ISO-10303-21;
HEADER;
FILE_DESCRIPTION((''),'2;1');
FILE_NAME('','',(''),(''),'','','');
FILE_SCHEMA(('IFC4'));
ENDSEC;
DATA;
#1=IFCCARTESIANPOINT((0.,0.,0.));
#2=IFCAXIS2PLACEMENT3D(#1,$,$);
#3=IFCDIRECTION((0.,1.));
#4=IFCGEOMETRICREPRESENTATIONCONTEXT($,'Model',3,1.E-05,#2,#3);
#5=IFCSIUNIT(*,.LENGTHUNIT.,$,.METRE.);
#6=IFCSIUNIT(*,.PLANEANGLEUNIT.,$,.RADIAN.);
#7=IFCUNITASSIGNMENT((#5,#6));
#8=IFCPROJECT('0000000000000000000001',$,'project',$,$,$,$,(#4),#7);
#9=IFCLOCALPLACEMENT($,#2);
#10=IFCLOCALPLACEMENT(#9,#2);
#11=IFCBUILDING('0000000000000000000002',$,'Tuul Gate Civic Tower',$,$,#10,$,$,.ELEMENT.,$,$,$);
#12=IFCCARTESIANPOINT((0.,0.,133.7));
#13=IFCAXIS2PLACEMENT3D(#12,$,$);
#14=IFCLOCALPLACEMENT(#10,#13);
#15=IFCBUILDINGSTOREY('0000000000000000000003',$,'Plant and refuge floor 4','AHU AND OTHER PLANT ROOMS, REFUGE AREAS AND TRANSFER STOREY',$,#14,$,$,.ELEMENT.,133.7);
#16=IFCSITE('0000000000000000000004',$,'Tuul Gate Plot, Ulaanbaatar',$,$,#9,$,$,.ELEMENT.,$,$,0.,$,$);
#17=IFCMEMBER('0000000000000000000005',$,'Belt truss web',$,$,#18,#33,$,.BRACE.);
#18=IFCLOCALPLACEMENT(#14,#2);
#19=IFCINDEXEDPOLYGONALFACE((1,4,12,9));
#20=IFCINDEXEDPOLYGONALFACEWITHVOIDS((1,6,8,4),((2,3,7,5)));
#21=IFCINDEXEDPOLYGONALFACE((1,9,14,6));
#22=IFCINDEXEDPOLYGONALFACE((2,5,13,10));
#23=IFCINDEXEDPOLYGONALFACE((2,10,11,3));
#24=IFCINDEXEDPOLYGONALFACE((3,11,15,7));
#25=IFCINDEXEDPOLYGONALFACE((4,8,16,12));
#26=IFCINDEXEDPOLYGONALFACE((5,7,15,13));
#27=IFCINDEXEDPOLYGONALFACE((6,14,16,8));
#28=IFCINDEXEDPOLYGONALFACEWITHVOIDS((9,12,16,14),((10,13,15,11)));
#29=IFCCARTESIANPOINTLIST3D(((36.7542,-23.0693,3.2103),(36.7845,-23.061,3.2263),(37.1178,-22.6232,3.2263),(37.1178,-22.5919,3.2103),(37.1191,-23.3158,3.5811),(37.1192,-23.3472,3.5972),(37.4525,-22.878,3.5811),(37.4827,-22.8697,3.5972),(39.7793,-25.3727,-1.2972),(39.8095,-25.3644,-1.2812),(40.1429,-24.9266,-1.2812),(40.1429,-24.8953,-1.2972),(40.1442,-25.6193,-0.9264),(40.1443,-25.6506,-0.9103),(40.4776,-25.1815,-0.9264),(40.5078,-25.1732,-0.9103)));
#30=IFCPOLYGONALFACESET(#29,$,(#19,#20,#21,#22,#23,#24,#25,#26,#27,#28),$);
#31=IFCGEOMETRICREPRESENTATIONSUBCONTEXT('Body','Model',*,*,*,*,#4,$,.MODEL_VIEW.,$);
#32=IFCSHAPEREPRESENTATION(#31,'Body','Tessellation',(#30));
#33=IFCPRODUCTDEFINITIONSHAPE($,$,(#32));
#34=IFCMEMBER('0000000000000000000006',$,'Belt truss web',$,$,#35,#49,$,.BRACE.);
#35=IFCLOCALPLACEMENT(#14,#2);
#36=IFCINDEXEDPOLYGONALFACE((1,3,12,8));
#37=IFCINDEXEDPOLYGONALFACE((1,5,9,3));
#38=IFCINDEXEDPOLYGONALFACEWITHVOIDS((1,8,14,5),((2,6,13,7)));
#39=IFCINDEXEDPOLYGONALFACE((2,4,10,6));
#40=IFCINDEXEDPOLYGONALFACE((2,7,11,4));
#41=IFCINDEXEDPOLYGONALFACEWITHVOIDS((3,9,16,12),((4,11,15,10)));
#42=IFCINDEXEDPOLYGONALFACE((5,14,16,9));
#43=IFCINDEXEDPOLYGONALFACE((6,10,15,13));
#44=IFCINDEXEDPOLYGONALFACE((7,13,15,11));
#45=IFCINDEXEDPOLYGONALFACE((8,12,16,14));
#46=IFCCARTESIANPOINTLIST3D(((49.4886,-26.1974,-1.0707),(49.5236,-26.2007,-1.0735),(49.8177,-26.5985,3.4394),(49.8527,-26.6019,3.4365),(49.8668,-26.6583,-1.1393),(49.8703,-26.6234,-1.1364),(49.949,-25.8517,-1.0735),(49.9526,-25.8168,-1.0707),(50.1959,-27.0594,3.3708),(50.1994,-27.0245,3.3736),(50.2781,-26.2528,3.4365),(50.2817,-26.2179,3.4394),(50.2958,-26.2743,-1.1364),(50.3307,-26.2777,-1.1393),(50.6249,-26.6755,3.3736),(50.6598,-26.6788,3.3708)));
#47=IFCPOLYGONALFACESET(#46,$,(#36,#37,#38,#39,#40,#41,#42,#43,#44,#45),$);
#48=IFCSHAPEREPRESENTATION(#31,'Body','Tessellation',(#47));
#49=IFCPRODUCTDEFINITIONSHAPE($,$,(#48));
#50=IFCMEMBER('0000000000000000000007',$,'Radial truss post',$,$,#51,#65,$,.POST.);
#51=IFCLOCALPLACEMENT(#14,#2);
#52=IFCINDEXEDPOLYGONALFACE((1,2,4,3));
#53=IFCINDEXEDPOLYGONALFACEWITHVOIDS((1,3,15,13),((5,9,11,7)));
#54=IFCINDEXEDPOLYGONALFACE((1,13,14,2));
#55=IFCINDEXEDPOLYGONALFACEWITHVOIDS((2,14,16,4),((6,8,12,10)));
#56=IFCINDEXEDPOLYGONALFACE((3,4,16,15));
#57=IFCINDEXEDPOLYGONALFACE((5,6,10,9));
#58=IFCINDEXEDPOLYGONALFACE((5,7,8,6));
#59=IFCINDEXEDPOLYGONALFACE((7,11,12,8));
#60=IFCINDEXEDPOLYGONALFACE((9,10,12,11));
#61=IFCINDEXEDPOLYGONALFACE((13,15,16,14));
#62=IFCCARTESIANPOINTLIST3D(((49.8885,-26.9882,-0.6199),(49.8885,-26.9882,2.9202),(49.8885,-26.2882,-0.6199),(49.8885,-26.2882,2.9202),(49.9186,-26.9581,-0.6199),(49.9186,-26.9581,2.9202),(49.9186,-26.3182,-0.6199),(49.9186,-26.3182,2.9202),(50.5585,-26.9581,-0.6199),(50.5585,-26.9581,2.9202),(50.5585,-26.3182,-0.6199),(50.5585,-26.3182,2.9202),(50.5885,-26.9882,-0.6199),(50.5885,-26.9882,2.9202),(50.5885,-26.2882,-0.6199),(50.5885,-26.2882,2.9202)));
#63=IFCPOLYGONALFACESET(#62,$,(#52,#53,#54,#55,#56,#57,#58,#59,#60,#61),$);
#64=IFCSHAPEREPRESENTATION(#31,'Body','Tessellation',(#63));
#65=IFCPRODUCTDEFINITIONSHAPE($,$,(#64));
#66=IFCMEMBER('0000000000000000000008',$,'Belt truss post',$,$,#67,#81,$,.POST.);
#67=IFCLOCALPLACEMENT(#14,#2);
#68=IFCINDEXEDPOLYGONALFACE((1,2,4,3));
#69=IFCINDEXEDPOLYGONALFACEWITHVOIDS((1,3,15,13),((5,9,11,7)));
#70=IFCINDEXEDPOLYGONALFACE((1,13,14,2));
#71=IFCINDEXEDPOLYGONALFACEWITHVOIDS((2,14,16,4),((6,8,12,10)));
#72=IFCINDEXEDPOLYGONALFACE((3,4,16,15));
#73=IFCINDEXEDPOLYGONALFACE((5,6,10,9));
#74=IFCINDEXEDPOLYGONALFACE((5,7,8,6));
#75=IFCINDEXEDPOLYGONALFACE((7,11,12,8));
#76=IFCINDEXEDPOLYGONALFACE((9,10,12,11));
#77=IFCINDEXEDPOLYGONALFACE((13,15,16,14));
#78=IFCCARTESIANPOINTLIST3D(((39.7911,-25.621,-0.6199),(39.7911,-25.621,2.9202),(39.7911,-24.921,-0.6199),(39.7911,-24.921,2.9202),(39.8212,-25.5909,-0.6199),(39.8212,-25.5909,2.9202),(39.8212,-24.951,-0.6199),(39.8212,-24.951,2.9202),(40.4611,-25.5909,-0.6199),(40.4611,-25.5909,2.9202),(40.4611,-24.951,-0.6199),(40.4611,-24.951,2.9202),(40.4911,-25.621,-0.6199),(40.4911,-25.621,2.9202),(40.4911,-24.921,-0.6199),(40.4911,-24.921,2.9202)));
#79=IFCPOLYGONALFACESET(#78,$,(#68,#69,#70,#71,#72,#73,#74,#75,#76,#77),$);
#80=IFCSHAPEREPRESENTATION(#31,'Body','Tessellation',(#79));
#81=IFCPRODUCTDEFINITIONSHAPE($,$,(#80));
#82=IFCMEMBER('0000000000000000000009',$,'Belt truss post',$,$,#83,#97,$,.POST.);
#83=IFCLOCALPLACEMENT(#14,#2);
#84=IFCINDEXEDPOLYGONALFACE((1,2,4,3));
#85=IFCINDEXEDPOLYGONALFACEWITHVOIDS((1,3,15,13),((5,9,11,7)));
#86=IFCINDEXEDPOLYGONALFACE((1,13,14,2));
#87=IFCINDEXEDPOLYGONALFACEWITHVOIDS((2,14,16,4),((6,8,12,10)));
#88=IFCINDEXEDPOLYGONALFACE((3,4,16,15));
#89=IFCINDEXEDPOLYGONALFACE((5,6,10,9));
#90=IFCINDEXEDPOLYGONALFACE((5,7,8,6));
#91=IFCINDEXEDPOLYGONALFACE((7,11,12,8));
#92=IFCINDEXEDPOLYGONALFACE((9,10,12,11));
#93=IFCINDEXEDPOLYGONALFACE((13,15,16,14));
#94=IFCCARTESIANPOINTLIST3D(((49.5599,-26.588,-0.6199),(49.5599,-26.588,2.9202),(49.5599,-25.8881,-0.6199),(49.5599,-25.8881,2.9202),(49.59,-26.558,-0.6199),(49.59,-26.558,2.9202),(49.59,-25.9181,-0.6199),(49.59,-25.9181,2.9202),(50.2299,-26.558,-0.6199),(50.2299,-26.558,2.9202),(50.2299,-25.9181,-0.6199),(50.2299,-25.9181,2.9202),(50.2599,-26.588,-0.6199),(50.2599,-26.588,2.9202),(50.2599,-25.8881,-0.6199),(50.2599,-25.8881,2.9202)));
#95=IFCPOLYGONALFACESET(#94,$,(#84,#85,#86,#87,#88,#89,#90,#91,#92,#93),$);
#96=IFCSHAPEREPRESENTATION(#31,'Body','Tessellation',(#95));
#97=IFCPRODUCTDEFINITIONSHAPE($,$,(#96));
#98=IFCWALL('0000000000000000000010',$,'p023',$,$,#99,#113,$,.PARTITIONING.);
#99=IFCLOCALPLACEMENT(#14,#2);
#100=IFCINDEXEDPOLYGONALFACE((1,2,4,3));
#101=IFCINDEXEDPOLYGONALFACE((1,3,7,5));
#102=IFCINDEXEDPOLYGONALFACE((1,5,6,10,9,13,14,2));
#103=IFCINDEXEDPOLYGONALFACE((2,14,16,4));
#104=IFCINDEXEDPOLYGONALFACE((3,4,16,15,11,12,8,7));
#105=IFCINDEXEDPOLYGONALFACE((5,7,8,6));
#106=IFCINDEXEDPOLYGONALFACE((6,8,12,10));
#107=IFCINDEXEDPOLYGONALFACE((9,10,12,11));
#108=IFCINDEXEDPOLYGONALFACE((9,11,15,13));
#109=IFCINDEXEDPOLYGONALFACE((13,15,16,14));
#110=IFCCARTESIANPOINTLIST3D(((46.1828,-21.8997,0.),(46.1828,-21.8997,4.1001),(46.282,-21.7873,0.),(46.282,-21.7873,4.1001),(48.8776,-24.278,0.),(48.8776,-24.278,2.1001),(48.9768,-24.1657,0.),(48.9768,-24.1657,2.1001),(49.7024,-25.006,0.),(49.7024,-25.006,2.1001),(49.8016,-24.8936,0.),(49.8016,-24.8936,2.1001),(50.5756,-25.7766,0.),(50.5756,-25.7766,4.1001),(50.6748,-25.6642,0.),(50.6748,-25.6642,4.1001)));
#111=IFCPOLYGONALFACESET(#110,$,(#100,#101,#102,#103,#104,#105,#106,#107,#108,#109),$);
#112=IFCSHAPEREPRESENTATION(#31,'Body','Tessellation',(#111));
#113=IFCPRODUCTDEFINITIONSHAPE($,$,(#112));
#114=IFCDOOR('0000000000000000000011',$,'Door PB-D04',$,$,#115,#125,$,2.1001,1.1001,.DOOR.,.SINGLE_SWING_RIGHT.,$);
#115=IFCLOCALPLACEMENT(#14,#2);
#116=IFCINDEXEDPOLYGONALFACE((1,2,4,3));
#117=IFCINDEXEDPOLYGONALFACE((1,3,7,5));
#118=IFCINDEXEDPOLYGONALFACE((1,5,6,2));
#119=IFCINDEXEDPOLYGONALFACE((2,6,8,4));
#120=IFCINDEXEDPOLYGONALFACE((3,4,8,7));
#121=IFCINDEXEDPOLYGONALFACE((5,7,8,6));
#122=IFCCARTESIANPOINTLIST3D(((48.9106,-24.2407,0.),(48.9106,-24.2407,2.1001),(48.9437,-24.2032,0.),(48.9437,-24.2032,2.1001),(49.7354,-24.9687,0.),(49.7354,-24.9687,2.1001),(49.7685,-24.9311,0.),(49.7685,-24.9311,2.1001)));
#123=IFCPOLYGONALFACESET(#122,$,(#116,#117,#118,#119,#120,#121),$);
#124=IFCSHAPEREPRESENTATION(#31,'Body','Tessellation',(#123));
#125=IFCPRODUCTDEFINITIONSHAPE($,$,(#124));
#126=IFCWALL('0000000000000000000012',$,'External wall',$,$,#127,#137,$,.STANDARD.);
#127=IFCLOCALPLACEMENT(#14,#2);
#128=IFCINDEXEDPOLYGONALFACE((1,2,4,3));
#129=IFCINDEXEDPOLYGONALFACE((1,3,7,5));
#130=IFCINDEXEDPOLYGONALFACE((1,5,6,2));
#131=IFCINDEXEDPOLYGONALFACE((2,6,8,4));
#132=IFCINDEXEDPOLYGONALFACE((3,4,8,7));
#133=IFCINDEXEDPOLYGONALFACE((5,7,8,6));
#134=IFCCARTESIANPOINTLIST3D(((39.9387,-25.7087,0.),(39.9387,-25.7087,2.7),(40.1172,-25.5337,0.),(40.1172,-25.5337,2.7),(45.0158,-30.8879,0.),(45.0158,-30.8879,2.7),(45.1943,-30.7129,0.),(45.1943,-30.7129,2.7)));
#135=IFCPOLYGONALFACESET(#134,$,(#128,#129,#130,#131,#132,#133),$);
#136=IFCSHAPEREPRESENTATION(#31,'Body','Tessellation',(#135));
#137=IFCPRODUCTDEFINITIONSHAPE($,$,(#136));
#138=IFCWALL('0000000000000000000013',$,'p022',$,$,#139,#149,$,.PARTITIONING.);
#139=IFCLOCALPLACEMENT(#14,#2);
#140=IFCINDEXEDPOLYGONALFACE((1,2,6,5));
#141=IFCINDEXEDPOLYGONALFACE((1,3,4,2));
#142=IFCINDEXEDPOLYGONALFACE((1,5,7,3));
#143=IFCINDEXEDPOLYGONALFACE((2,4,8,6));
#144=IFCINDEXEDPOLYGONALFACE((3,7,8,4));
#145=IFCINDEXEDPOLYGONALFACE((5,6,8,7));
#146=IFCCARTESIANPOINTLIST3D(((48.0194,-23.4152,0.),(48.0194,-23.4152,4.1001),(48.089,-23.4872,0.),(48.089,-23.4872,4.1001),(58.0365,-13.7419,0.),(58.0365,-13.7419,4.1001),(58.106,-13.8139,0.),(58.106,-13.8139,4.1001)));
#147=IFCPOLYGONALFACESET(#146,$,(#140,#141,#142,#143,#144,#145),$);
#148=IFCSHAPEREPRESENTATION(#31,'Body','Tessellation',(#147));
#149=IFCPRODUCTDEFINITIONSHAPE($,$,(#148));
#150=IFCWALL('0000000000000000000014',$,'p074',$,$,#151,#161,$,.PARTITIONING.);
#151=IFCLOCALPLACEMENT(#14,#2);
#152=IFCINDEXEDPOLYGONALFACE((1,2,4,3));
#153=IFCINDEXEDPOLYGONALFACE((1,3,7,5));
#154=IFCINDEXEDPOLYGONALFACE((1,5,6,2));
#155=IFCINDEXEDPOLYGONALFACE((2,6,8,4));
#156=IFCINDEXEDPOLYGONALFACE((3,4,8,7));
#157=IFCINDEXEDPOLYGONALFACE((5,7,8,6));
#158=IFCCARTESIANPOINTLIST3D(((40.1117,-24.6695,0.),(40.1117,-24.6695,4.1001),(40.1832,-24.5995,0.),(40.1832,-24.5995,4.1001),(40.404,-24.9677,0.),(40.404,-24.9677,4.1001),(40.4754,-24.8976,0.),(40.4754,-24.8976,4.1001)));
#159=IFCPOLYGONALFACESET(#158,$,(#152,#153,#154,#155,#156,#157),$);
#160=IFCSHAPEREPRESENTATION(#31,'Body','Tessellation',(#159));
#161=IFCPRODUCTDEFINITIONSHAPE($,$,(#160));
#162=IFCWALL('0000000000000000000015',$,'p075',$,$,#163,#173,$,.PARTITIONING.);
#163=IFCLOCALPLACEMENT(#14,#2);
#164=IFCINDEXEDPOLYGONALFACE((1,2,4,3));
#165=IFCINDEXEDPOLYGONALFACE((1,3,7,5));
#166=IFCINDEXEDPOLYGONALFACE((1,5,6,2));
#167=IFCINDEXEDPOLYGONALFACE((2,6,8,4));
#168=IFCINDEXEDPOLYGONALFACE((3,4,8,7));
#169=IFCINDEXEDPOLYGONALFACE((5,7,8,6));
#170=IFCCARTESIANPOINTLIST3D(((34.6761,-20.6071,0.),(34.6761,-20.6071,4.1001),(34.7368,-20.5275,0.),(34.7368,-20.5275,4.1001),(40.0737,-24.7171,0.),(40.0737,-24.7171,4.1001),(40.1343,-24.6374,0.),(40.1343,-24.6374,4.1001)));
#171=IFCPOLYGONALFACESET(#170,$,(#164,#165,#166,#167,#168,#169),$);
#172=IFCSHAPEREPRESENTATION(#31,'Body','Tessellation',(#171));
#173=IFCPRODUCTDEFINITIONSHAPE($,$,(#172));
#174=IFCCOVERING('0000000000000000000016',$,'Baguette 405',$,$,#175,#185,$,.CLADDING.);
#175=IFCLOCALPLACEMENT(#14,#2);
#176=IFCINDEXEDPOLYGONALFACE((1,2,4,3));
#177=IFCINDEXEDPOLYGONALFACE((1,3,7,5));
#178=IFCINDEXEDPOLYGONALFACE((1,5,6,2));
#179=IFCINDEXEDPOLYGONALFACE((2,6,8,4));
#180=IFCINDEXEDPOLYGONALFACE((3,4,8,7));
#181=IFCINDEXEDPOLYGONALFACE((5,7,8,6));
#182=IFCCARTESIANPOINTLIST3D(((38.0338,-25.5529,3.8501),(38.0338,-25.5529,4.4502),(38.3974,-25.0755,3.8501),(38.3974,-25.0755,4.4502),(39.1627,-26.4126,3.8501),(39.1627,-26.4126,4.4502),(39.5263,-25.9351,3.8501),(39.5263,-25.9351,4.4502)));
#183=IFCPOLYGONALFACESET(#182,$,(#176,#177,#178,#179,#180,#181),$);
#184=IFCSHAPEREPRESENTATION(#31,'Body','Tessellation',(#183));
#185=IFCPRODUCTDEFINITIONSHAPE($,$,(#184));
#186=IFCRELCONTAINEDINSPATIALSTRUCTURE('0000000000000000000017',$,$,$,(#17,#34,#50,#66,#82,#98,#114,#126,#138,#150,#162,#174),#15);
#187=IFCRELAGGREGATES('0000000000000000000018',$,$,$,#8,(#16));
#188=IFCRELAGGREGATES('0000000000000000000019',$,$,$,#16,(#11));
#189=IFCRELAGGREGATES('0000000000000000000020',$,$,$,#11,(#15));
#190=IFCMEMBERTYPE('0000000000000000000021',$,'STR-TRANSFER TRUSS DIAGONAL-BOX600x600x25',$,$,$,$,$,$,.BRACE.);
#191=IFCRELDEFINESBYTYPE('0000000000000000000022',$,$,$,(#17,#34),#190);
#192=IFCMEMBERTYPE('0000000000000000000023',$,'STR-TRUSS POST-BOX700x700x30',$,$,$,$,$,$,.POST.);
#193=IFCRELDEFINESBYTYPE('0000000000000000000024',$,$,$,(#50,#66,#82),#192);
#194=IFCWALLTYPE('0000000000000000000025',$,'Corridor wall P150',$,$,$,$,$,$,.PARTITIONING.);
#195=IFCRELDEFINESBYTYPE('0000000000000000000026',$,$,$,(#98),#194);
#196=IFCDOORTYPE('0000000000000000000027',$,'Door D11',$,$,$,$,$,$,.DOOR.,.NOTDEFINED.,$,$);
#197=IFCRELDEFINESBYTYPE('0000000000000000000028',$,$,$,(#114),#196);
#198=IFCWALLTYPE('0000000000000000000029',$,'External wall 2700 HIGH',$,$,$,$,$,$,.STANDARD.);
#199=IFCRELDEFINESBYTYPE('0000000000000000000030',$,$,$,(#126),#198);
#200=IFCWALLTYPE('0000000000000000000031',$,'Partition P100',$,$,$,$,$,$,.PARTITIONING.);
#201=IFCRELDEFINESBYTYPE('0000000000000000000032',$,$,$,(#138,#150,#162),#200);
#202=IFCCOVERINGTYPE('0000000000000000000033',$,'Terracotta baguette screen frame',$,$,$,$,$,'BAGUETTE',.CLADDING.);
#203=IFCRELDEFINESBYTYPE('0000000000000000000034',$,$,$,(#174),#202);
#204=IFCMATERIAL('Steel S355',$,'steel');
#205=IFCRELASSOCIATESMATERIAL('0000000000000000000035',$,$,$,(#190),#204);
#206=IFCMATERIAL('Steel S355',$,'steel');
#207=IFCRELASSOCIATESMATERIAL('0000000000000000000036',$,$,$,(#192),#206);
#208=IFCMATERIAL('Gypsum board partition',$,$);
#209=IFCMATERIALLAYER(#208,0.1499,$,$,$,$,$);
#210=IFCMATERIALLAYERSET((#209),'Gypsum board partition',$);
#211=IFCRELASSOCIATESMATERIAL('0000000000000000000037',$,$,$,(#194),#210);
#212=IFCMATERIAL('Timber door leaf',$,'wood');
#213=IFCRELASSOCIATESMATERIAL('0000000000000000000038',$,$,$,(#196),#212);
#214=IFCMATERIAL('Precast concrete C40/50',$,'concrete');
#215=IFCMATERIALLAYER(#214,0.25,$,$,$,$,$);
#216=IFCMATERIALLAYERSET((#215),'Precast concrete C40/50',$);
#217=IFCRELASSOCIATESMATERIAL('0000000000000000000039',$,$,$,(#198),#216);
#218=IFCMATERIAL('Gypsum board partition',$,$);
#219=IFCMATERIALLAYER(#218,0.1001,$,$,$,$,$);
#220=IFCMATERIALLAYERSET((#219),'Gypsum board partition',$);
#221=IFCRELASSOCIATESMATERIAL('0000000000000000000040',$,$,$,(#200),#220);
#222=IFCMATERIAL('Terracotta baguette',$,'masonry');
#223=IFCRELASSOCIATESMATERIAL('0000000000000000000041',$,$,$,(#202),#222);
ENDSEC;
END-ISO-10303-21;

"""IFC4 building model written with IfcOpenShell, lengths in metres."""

from ifc_helpers import new_model, si_unit, direction, frame, frame_2d, origin, origin_2d, place, context, subcontext, project, spatial, rectangle, hollow_rectangle, extrude, material, layer, layer_set, material_profile, profile_set, type_object, element, fill, save


model = new_model("IFC4")

# Units and contexts
model_context = context("Model", 3, precision=1e-05, world=origin(), true_north=direction((0.0, 1.0)))
body_context = subcontext(model_context, "Body", "Model", "MODEL_VIEW")
ifc_project = project(units=[si_unit("LENGTHUNIT", "METRE"), si_unit("PLANEANGLEUNIT", "RADIAN")], contexts=[model_context])

# Site, building, storey
site_placement = place(None, origin())
site = spatial("IfcSite", under=ifc_project, at=site_placement, Name="Tuul Gate Plot, Ulaanbaatar", CompositionType="ELEMENT", RefElevation=0.0)
building_placement = place(site_placement, origin())
building = spatial("IfcBuilding", under=site, at=building_placement, Name="Tuul Gate Civic Tower", CompositionType="ELEMENT")
storey_placement = place(building_placement, frame((0.0, 0.0, 133.7)))
storey = spatial("IfcBuildingStorey", under=building, at=storey_placement, Name="Plant and refuge floor 4", Description="AHU AND OTHER PLANT ROOMS, REFUGE AREAS AND TRANSFER STOREY", CompositionType="ELEMENT", Elevation=133.7)

# Members
ifc_material_1 = material(Name="Steel S355", Category="steel")
ifc_material_profile_1 = material_profile(ifc_material_1, hollow_rectangle(XDim=0.6001, YDim=0.6001, WallThickness=0.0249, at=origin_2d()), Name="BOX600x600x25")
ifc_profile_set_1 = profile_set([ifc_material_profile_1], Name="Steel S355")
member_type_1 = type_object("IfcMemberType", Name="STR-TRANSFER TRUSS DIAGONAL-BOX600x600x25", PredefinedType="BRACE", material=ifc_profile_set_1)
member_1_placement = place(storey_placement, frame((40.1436, -25.2729, -1.1038), z_axis=(-0.51299, 0.390611, 0.764372), x_axis=(-0.605809, -0.79561, 0.0)))
element("IfcMember", 1, at=member_1_placement, inside=storey, type_object=member_type_1, Name="Belt truss web", PredefinedType="BRACE", context=body_context, shape_type="SweptSolid", body=[
    extrude(hollow_rectangle(XDim=0.6001, YDim=0.6001, WallThickness=0.0249, at=origin_2d()), origin(), (0.0, 0.0, 1.0), 5.897),
])
member_2_placement = place(storey_placement, frame((49.9097, -26.2375, -1.105), z_axis=(0.072493, -0.088358, 0.993447), x_axis=(0.773097, 0.634288, 0.0)))
element("IfcMember", 2, at=member_2_placement, inside=storey, type_object=member_type_1, Name="Belt truss web", PredefinedType="BRACE", context=body_context, shape_type="SweptSolid", body=[
    extrude(hollow_rectangle(XDim=0.6001, YDim=0.6001, WallThickness=0.0249, at=origin_2d()), origin(), (0.0, 0.0, 1.0), 4.5398),
])
ifc_material_2 = material(Name="Steel S355", Category="steel")
ifc_material_profile_2 = material_profile(ifc_material_2, hollow_rectangle(XDim=0.7, YDim=0.7, WallThickness=0.03, at=origin_2d()), Name="BOX700x700x30")
ifc_profile_set_2 = profile_set([ifc_material_profile_2], Name="Steel S355")
member_type_2 = type_object("IfcMemberType", Name="STR-TRUSS POST-BOX700x700x30", PredefinedType="POST", material=ifc_profile_set_2)
for number, where, z_axis, x_axis, name in (
    (3, (50.2385, -26.6382, -0.6199), (0.0, 0.0, 1.0), (1.0, 0.0, 0.0), "Radial truss post"),
    (4, (40.1411, -25.271, -0.6199), (0.0, 0.0, 1.0), (1.0, 0.0, 0.0), "Belt truss post"),
    (5, (49.9099, -26.238, -0.6199), (0.0, 0.0, 1.0), (1.0, 0.0, 0.0), "Belt truss post"),
):
    element("IfcMember", number, at=place(storey_placement, frame(where, z_axis=z_axis, x_axis=x_axis)), inside=storey, type_object=member_type_2, Name=name, PredefinedType="POST", context=body_context, shape_type="SweptSolid", body=[
        extrude(hollow_rectangle(XDim=0.7, YDim=0.7, WallThickness=0.03, at=origin_2d()), origin(), (0.0, 0.0, 1.0), 3.54),
    ])

# Wall, opening, door
ifc_material_3 = material(Name="Gypsum board partition")
ifc_layer_1 = layer(ifc_material_3, 0.1499)
ifc_layer_set_1 = layer_set([ifc_layer_1], Name="Gypsum board partition")
wall_type_1 = type_object("IfcWallType", Name="Corridor wall P150", PredefinedType="PARTITIONING", material=ifc_layer_set_1)
wall_1_placement = place(storey_placement, frame((46.2324, -21.8435, 0.0), z_axis=(0.0, 0.0, 1.0), x_axis=(0.749759, -0.661711, 0.0)))
wall_1 = element("IfcWall", 6, at=wall_1_placement, inside=storey, type_object=wall_type_1, Name="p023", PredefinedType="PARTITIONING", context=body_context, shape_type="SweptSolid", body=[
    extrude(rectangle(XDim=5.8589, YDim=0.1499, at=frame_2d((2.9294, 0.0))), origin(), (0.0, 0.0, 1.0), 4.1001),
])
opening_placement = place(wall_1_placement, frame((3.5942, 0.0, 0.0)))
opening = element("IfcOpeningElement", 7, at=opening_placement, cuts=wall_1, PredefinedType="OPENING", context=body_context, shape_type="SweptSolid", body=[
    extrude(rectangle(XDim=1.1001, YDim=2.1001, at=frame_2d((0.55, 1.05))), frame((0.0, 0.085, 0.0), z_axis=(0.0, -1.0, 0.0), x_axis=(1.0, 0.0, 0.0)), (0.0, 0.0, 1.0), 0.1699),
])
ifc_material_4 = material(Name="Timber door leaf", Category="wood")
door_type = type_object("IfcDoorType", Name="Door D11", OperationType="NOTDEFINED", PredefinedType="DOOR", material=ifc_material_4)
door_placement = place(opening_placement, origin())
door = element("IfcDoor", 8, at=door_placement, inside=storey, type_object=door_type, Name="Door PB-D04", OperationType="SINGLE_SWING_RIGHT", OverallHeight=2.1001, OverallWidth=1.1001, PredefinedType="DOOR", context=body_context, shape_type="SweptSolid", body=[
    extrude(rectangle(XDim=1.1001, YDim=2.1001, at=frame_2d((0.55, 1.05))), frame((0.0, 0.0249, 0.0), z_axis=(0.0, -1.0, 0.0), x_axis=(1.0, 0.0, 0.0)), (0.0, 0.0, 1.0), 0.05),
])
fill(opening, door)

# Walls
ifc_material_5 = material(Name="Precast concrete C40/50", Category="concrete")
ifc_layer_2 = layer(ifc_material_5, 0.25)
ifc_layer_set_2 = layer_set([ifc_layer_2], Name="Precast concrete C40/50")
wall_type_2 = type_object("IfcWallType", Name="External wall 2700 HIGH", PredefinedType="STANDARD", material=ifc_layer_set_2)
wall_2_placement = place(storey_placement, frame((40.0278, -25.6211, 0.0), z_axis=(0.0, 0.0, 1.0), x_axis=(0.700036, -0.714107, 0.0)))
element("IfcWall", 9, at=wall_2_placement, inside=storey, type_object=wall_type_2, Name="External wall", PredefinedType="STANDARD", context=body_context, shape_type="SweptSolid", body=[
    extrude(rectangle(XDim=7.2527, YDim=0.25, at=frame_2d((3.6265, 0.0))), origin(), (0.0, 0.0, 1.0), 2.7),
])
ifc_material_6 = material(Name="Gypsum board partition")
ifc_layer_3 = layer(ifc_material_6, 0.1001)
ifc_layer_set_3 = layer_set([ifc_layer_3], Name="Gypsum board partition")
wall_type_3 = type_object("IfcWallType", Name="Partition P100", PredefinedType="PARTITIONING", material=ifc_layer_set_3)
wall_3_placement = place(storey_placement, frame((48.0542, -23.4512, 0.0), z_axis=(0.0, 0.0, 1.0), x_axis=(0.719342, 0.694656, 0.0)))
element("IfcWall", 10, at=wall_3_placement, inside=storey, type_object=wall_type_3, Name="p022", PredefinedType="PARTITIONING", context=body_context, shape_type="SweptSolid", body=[
    extrude(rectangle(XDim=13.9253, YDim=0.1001, at=frame_2d((6.9626, 0.0))), origin(), (0.0, 0.0, 1.0), 4.1001),
])
wall_4_placement = place(storey_placement, frame((40.4397, -24.9326, 0.0), z_axis=(0.0, 0.0, 1.0), x_axis=(-0.700054, 0.71409, 0.0)))
element("IfcWall", 11, at=wall_4_placement, inside=storey, type_object=wall_type_3, Name="p074", PredefinedType="PARTITIONING", context=body_context, shape_type="SweptSolid", body=[
    extrude(rectangle(XDim=0.4175, YDim=0.1001, at=frame_2d((0.2087, 0.0))), origin(), (0.0, 0.0, 1.0), 4.1001),
])
wall_5_placement = place(storey_placement, frame((40.104, -24.6772, 0.0), z_axis=(0.0, 0.0, 1.0), x_axis=(-0.795608, 0.605811, 0.0)))
element("IfcWall", 12, at=wall_5_placement, inside=storey, type_object=wall_type_3, Name="p075", PredefinedType="PARTITIONING", context=body_context, shape_type="SweptSolid", body=[
    extrude(rectangle(XDim=6.7842, YDim=0.1001, at=frame_2d((3.3921, 0.0))), origin(), (0.0, 0.0, 1.0), 4.1001),
])

# Covering
ifc_material_7 = material(Name="Terracotta baguette", Category="masonry")
ifc_material_profile_3 = material_profile(ifc_material_7, rectangle(XDim=0.6001, YDim=0.6001, at=origin_2d()), Name="Terracotta baguette screen frame")
ifc_profile_set_3 = profile_set([ifc_material_profile_3], Name="Terracotta baguette")
covering_type = type_object("IfcCoveringType", Name="Terracotta baguette screen frame", ElementType="BAGUETTE", PredefinedType="CLADDING", material=ifc_profile_set_3)
covering_1_placement = place(storey_placement, frame((38.2156, -25.3142, 4.1501), z_axis=(0.795602, -0.60582, 0.0), x_axis=(0.60582, 0.795602, 0.0)))
element("IfcCovering", 13, at=covering_1_placement, inside=storey, type_object=covering_type, Name="Baguette 405", PredefinedType="CLADDING", context=body_context, shape_type="SweptSolid", body=[
    extrude(rectangle(XDim=0.6001, YDim=0.6001, at=origin_2d()), origin(), (0.0, 0.0, 1.0), 1.4189),
])

save(model, "model.ifc")
